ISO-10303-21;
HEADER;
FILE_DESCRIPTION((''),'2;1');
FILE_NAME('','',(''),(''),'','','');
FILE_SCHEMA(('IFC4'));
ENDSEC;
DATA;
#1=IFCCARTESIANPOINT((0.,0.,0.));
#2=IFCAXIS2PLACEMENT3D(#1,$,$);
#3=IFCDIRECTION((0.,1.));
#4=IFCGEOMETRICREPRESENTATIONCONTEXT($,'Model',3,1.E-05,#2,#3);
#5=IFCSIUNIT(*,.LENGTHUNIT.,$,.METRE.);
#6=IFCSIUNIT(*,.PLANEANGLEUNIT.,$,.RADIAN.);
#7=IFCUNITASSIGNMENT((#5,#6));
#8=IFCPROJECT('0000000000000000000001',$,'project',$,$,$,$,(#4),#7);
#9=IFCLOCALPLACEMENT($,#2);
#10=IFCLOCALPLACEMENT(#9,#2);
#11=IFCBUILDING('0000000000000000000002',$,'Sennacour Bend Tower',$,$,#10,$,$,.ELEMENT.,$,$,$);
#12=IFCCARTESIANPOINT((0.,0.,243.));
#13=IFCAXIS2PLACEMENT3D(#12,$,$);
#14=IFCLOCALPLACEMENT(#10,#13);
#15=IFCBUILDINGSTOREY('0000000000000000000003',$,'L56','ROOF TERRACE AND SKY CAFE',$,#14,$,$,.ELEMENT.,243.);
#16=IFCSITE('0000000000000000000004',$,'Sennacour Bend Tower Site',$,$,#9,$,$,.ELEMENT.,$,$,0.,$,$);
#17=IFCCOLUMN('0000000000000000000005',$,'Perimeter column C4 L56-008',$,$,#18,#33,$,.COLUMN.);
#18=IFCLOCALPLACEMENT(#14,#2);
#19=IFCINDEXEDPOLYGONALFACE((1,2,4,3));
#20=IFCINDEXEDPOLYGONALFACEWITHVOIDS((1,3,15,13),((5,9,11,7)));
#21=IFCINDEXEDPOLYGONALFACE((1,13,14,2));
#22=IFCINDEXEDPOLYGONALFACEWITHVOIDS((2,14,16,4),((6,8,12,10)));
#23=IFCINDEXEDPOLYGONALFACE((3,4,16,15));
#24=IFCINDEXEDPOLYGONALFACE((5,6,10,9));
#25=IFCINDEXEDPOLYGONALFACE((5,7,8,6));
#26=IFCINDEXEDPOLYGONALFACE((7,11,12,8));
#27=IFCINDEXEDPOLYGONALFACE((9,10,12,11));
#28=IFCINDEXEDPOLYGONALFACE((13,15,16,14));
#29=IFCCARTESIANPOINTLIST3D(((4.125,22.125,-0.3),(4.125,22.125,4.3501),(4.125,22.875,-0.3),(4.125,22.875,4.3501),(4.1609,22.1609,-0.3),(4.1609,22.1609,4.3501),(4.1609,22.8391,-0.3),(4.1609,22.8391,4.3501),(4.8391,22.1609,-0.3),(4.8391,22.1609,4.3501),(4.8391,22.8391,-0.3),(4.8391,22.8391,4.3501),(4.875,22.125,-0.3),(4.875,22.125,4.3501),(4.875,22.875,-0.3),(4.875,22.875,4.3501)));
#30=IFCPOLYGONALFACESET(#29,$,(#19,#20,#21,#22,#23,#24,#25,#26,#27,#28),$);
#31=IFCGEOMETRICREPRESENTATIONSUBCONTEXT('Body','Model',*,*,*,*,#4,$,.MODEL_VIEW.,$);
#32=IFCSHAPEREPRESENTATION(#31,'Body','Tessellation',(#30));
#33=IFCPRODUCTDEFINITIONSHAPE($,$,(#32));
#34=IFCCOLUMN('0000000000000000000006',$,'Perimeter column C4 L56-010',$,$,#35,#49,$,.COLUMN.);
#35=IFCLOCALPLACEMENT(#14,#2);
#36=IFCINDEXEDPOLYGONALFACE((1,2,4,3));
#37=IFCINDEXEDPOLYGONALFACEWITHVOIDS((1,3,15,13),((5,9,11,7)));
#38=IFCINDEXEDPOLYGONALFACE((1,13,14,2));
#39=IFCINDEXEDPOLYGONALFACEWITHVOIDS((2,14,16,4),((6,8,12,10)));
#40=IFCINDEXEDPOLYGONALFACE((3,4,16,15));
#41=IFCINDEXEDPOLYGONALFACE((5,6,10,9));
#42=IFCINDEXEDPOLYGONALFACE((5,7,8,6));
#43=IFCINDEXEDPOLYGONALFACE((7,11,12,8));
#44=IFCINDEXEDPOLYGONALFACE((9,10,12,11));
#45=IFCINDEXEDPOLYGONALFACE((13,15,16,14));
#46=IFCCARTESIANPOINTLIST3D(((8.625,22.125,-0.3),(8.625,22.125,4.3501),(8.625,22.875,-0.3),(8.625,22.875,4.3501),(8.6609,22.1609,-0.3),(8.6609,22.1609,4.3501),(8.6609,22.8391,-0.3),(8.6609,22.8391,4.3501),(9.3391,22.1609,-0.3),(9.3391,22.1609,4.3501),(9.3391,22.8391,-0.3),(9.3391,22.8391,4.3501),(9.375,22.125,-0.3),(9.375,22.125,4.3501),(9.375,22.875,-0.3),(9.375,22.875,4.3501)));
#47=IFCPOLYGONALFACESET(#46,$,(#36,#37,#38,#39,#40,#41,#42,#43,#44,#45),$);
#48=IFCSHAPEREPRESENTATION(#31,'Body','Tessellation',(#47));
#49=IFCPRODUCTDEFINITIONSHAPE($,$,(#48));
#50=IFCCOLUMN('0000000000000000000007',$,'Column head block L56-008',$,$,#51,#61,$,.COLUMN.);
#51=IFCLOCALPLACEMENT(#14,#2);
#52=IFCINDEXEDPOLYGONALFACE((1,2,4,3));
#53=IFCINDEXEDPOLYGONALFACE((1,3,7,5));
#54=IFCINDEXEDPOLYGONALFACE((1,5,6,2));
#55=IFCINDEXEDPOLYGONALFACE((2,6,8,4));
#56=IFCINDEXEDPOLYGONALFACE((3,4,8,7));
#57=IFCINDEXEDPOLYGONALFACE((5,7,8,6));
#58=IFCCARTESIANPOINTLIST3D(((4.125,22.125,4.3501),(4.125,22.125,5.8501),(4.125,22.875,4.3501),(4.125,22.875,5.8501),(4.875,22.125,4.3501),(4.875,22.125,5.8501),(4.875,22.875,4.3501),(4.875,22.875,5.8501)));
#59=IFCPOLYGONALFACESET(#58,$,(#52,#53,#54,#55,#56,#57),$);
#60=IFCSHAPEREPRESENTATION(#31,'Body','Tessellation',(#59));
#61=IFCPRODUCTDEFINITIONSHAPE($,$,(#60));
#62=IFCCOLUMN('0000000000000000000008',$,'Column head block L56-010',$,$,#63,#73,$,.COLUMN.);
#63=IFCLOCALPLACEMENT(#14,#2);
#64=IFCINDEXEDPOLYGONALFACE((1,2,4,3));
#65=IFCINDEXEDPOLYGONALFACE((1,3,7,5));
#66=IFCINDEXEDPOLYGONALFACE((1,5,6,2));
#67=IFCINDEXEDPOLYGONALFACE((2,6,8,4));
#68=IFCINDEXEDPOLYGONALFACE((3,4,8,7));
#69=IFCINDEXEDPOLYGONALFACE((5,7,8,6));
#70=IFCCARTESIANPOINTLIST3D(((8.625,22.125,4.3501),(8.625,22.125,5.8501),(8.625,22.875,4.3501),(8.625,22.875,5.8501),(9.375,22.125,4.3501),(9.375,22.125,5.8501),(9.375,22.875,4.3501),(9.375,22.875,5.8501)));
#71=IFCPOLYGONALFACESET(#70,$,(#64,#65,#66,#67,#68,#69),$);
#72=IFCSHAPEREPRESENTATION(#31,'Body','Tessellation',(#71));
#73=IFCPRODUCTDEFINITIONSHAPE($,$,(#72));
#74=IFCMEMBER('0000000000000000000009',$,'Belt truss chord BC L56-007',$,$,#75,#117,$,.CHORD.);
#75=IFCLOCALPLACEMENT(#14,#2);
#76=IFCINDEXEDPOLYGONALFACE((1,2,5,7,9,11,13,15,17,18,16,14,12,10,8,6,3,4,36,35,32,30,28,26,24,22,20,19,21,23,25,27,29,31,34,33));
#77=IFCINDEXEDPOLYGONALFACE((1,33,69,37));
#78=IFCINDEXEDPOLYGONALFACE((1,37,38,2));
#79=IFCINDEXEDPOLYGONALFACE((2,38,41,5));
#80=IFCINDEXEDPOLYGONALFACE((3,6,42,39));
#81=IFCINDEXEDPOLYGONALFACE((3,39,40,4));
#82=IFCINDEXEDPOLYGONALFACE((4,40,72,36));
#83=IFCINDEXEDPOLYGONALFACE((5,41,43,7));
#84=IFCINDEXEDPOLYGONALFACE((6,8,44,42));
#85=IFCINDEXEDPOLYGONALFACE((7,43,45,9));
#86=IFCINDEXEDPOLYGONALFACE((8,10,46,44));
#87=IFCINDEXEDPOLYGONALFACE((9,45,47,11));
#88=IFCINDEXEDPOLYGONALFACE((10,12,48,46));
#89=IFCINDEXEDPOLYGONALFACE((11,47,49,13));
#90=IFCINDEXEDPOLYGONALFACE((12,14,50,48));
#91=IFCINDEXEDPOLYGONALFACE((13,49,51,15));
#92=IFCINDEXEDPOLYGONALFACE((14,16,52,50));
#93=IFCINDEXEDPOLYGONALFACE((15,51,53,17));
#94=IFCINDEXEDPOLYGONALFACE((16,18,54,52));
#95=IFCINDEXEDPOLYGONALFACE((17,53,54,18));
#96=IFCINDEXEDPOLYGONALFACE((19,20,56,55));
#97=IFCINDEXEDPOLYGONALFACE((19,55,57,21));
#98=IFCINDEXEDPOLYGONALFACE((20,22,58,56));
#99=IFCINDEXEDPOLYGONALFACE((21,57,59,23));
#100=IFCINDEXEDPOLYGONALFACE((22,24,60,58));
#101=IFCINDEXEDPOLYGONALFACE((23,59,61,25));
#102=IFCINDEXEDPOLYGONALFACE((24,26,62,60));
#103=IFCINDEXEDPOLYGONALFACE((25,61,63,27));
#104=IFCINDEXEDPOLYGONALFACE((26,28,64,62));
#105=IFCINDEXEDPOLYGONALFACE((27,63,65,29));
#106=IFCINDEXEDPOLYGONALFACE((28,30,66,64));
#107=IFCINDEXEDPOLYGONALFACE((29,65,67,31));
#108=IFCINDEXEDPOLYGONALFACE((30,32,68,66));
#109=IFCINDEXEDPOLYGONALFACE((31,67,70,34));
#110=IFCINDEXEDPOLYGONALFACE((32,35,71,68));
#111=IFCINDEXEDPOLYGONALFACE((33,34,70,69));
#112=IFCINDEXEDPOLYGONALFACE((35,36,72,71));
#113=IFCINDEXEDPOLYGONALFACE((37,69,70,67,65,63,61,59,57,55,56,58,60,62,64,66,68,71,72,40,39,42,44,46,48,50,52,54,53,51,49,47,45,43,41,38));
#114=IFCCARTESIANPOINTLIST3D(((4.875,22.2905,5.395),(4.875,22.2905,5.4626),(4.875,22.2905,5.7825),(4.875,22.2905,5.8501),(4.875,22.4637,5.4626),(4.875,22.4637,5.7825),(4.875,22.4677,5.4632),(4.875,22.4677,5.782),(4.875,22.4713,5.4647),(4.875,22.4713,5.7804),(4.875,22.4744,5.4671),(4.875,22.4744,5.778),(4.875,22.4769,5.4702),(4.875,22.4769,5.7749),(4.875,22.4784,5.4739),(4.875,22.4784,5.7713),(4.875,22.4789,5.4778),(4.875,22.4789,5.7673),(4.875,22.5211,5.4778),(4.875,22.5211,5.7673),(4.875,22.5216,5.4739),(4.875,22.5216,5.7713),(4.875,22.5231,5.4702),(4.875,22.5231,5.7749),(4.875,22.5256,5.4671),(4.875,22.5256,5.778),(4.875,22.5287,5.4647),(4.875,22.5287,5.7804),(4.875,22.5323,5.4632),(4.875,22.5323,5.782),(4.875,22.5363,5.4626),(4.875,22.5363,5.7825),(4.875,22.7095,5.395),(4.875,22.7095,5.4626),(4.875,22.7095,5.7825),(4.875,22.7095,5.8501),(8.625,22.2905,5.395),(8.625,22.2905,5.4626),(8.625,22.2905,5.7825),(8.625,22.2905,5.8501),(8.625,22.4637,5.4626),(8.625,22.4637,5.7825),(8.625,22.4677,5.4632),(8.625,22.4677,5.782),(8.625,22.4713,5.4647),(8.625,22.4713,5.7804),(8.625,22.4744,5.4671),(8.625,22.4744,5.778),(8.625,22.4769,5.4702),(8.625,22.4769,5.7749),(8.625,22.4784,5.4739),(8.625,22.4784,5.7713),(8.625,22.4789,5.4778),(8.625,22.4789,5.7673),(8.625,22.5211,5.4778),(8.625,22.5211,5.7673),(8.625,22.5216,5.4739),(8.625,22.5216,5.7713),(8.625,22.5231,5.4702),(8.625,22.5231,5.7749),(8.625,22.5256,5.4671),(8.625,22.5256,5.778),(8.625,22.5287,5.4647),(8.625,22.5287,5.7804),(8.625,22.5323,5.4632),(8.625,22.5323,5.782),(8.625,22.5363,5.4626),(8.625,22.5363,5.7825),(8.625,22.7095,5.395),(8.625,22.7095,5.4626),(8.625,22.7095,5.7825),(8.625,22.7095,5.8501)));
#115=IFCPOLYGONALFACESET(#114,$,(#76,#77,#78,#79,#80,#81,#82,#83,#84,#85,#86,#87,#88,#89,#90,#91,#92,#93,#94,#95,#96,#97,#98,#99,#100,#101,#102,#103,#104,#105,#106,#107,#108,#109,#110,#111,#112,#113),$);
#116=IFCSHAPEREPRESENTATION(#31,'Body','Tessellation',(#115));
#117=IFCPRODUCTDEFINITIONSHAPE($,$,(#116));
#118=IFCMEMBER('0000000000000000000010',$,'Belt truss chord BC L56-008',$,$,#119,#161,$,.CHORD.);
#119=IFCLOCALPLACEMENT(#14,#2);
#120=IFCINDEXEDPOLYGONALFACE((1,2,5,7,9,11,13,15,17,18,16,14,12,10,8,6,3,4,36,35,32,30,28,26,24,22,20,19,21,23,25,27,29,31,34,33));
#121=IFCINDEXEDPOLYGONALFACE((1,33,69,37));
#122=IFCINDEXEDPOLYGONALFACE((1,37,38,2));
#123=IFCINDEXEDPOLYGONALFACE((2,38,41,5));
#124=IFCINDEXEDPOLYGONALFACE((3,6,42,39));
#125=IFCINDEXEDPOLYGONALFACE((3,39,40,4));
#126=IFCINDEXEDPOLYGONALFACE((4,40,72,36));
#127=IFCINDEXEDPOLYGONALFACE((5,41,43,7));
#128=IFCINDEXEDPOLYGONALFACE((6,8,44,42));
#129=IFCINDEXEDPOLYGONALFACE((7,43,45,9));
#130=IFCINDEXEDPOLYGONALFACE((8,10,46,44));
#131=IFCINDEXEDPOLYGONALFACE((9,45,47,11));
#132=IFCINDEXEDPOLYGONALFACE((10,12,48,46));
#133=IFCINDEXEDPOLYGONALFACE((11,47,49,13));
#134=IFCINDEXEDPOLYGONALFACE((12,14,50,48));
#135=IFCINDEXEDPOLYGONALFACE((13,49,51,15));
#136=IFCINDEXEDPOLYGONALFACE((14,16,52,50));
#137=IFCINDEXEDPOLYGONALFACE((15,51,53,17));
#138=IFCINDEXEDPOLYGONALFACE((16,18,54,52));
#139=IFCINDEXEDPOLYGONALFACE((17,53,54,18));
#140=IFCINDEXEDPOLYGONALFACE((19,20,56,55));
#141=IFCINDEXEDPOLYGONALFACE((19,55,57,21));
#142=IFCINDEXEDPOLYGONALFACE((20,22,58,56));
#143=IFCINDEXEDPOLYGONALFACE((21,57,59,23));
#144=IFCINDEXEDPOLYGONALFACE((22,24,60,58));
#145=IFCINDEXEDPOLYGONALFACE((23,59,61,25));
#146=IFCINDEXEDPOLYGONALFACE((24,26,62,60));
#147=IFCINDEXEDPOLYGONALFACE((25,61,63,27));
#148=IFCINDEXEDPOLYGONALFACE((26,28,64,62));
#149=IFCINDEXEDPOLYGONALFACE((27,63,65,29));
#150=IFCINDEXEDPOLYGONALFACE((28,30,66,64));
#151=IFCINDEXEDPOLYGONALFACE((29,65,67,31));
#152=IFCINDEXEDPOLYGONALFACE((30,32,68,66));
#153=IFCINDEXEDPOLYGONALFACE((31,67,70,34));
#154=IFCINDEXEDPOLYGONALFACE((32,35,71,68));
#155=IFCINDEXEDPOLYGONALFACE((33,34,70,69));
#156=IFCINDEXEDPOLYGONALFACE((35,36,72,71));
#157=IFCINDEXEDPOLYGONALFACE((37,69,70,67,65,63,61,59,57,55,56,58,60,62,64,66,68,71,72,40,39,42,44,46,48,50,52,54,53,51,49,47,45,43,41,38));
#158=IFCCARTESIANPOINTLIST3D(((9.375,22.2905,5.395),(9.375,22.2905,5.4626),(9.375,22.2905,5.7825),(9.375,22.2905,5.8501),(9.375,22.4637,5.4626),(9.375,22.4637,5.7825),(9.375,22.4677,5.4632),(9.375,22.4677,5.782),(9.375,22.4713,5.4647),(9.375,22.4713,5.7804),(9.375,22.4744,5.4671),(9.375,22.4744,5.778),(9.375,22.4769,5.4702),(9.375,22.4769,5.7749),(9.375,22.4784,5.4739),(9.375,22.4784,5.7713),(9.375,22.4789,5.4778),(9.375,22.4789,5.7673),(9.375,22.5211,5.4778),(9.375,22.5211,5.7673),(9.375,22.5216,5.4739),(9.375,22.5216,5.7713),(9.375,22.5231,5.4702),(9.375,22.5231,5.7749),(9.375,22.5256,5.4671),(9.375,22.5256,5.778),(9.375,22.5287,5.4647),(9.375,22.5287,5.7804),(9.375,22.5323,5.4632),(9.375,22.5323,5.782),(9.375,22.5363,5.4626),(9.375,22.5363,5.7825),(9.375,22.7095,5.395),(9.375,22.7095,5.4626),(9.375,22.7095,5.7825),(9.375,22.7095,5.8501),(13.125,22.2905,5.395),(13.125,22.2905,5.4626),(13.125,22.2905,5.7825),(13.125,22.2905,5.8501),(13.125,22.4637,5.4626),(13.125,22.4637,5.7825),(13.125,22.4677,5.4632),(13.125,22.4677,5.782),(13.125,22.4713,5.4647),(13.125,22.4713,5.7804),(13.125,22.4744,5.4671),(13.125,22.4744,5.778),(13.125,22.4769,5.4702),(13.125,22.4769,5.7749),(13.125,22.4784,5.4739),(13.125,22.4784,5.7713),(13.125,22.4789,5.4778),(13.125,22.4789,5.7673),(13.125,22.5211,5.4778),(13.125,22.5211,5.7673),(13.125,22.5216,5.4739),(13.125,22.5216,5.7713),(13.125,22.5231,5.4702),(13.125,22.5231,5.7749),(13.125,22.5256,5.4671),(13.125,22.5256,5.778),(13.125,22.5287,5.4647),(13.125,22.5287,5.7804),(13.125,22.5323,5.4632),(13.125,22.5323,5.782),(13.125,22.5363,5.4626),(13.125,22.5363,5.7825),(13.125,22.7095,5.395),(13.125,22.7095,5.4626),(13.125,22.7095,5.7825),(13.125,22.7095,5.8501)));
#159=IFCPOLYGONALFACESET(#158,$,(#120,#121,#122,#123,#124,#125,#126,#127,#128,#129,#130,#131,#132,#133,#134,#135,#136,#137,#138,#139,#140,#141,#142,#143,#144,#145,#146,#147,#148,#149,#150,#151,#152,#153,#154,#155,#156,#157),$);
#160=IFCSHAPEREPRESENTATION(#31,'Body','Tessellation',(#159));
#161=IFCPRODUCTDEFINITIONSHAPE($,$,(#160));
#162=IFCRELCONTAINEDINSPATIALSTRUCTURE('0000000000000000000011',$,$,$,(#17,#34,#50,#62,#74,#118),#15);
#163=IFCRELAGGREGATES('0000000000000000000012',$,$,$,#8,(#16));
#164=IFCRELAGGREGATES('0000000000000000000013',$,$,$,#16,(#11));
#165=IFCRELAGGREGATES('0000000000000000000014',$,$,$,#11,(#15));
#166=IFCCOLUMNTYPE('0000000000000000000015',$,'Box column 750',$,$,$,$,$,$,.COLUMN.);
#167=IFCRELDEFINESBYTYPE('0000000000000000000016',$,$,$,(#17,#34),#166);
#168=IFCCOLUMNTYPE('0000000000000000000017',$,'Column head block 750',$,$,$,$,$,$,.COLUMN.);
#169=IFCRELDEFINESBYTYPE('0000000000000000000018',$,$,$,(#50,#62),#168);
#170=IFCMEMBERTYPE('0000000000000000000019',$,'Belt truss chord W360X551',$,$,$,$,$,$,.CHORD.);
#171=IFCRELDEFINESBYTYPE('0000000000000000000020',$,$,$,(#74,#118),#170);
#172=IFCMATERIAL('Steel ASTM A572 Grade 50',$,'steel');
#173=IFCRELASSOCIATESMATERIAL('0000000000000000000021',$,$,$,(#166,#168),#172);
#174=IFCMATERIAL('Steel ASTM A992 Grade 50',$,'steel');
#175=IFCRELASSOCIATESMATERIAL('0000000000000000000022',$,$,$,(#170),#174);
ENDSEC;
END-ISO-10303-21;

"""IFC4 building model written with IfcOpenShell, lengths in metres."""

from ifc_helpers import new_model, si_unit, direction, frame, origin, origin_2d, place, context, subcontext, project, spatial, rectangle, hollow_rectangle, i_section, extrude, material, material_profile, profile_set, type_object, element, save


model = new_model("IFC4")

# Units and contexts
model_context = context("Model", 3, precision=1e-05, world=origin(), true_north=direction((0.0, 1.0)))
body_context = subcontext(model_context, "Body", "Model", "MODEL_VIEW")
ifc_project = project(units=[si_unit("LENGTHUNIT", "METRE"), si_unit("PLANEANGLEUNIT", "RADIAN")], contexts=[model_context])

# Site, building, storey
site_placement = place(None, origin())
site = spatial("IfcSite", under=ifc_project, at=site_placement, Name="Sennacour Bend Tower Site", CompositionType="ELEMENT", RefElevation=0.0)
building_placement = place(site_placement, origin())
building = spatial("IfcBuilding", under=site, at=building_placement, Name="Sennacour Bend Tower", CompositionType="ELEMENT")
storey_placement = place(building_placement, frame((0.0, 0.0, 243.0)))
storey = spatial("IfcBuildingStorey", under=building, at=storey_placement, Name="L56", Description="ROOF TERRACE AND SKY CAFE", CompositionType="ELEMENT", Elevation=243.0)

# Columns
ifc_material_1 = material(Name="Steel ASTM A572 Grade 50", Category="steel")
ifc_material_profile_1 = material_profile(ifc_material_1, hollow_rectangle(XDim=0.75, YDim=0.75, WallThickness=0.0359, at=origin_2d()), Name="Steel ASTM A572 Grade 50", Category="steel")
ifc_profile_set_1 = profile_set([ifc_material_profile_1], Name="Steel ASTM A572 Grade 50")
column_type_1 = type_object("IfcColumnType", Name="Box column 750", PredefinedType="COLUMN", material=ifc_profile_set_1)
for number, where, z_axis, x_axis, name in (
    (1, (4.5, 22.5, -0.3), (0.0, 0.0, 1.0), (1.0, 0.0, 0.0), "Perimeter column C4 L56-008"),
    (2, (9.0, 22.5, -0.3), (0.0, 0.0, 1.0), (1.0, 0.0, 0.0), "Perimeter column C4 L56-010"),
):
    element("IfcColumn", number, at=place(storey_placement, frame(where, z_axis=z_axis, x_axis=x_axis)), inside=storey, type_object=column_type_1, Name=name, PredefinedType="COLUMN", context=body_context, shape_type="SweptSolid", body=[
        extrude(hollow_rectangle(XDim=0.75, YDim=0.75, WallThickness=0.0359, at=origin_2d()), origin(), (0.0, 0.0, 1.0), 4.6501),
    ])
ifc_material_profile_2 = material_profile(ifc_material_1, rectangle(XDim=0.75, YDim=0.75, at=origin_2d()), Name="Steel ASTM A572 Grade 50", Category="steel")
ifc_profile_set_2 = profile_set([ifc_material_profile_2], Name="Steel ASTM A572 Grade 50")
column_type_2 = type_object("IfcColumnType", Name="Column head block 750", PredefinedType="COLUMN", material=ifc_profile_set_2)
for number, where, z_axis, x_axis, name in (
    (3, (4.5, 22.5, 4.3501), (0.0, 0.0, 1.0), (1.0, 0.0, 0.0), "Column head block L56-008"),
    (4, (9.0, 22.5, 4.3501), (0.0, 0.0, 1.0), (1.0, 0.0, 0.0), "Column head block L56-010"),
):
    element("IfcColumn", number, at=place(storey_placement, frame(where, z_axis=z_axis, x_axis=x_axis)), inside=storey, type_object=column_type_2, Name=name, PredefinedType="COLUMN", context=body_context, shape_type="SweptSolid", body=[
        extrude(rectangle(XDim=0.75, YDim=0.75, at=origin_2d()), origin(), (0.0, 0.0, 1.0), 1.5),
    ])

# Members
ifc_material_2 = material(Name="Steel ASTM A992 Grade 50", Category="steel")
ifc_material_profile_3 = material_profile(ifc_material_2, i_section(OverallWidth=0.4189, OverallDepth=0.4551, WebThickness=0.0422, FlangeThickness=0.0676, FilletRadius=0.0151, at=origin_2d()), Name="Steel ASTM A992 Grade 50", Category="steel")
ifc_profile_set_3 = profile_set([ifc_material_profile_3], Name="Steel ASTM A992 Grade 50")
member_type_1 = type_object("IfcMemberType", Name="Belt truss chord W360X551", PredefinedType="CHORD", material=ifc_profile_set_3)
for number, where, z_axis, x_axis, name in (
    (5, (4.875, 22.5, 5.6226), (1.0, 0.0, 0.0), (0.0, 1.0, 0.0), "Belt truss chord BC L56-007"),
    (6, (9.375, 22.5, 5.6226), (1.0, 0.0, 0.0), (0.0, 1.0, 0.0), "Belt truss chord BC L56-008"),
):
    element("IfcMember", number, at=place(storey_placement, frame(where, z_axis=z_axis, x_axis=x_axis)), inside=storey, type_object=member_type_1, Name=name, PredefinedType="CHORD", context=body_context, shape_type="SweptSolid", body=[
        extrude(i_section(OverallWidth=0.4189, OverallDepth=0.4551, WebThickness=0.0422, FlangeThickness=0.0676, FilletRadius=0.0151, at=origin_2d()), origin(), (0.0, 0.0, 1.0), 3.75),
    ])

save(model, "model.ifc")
